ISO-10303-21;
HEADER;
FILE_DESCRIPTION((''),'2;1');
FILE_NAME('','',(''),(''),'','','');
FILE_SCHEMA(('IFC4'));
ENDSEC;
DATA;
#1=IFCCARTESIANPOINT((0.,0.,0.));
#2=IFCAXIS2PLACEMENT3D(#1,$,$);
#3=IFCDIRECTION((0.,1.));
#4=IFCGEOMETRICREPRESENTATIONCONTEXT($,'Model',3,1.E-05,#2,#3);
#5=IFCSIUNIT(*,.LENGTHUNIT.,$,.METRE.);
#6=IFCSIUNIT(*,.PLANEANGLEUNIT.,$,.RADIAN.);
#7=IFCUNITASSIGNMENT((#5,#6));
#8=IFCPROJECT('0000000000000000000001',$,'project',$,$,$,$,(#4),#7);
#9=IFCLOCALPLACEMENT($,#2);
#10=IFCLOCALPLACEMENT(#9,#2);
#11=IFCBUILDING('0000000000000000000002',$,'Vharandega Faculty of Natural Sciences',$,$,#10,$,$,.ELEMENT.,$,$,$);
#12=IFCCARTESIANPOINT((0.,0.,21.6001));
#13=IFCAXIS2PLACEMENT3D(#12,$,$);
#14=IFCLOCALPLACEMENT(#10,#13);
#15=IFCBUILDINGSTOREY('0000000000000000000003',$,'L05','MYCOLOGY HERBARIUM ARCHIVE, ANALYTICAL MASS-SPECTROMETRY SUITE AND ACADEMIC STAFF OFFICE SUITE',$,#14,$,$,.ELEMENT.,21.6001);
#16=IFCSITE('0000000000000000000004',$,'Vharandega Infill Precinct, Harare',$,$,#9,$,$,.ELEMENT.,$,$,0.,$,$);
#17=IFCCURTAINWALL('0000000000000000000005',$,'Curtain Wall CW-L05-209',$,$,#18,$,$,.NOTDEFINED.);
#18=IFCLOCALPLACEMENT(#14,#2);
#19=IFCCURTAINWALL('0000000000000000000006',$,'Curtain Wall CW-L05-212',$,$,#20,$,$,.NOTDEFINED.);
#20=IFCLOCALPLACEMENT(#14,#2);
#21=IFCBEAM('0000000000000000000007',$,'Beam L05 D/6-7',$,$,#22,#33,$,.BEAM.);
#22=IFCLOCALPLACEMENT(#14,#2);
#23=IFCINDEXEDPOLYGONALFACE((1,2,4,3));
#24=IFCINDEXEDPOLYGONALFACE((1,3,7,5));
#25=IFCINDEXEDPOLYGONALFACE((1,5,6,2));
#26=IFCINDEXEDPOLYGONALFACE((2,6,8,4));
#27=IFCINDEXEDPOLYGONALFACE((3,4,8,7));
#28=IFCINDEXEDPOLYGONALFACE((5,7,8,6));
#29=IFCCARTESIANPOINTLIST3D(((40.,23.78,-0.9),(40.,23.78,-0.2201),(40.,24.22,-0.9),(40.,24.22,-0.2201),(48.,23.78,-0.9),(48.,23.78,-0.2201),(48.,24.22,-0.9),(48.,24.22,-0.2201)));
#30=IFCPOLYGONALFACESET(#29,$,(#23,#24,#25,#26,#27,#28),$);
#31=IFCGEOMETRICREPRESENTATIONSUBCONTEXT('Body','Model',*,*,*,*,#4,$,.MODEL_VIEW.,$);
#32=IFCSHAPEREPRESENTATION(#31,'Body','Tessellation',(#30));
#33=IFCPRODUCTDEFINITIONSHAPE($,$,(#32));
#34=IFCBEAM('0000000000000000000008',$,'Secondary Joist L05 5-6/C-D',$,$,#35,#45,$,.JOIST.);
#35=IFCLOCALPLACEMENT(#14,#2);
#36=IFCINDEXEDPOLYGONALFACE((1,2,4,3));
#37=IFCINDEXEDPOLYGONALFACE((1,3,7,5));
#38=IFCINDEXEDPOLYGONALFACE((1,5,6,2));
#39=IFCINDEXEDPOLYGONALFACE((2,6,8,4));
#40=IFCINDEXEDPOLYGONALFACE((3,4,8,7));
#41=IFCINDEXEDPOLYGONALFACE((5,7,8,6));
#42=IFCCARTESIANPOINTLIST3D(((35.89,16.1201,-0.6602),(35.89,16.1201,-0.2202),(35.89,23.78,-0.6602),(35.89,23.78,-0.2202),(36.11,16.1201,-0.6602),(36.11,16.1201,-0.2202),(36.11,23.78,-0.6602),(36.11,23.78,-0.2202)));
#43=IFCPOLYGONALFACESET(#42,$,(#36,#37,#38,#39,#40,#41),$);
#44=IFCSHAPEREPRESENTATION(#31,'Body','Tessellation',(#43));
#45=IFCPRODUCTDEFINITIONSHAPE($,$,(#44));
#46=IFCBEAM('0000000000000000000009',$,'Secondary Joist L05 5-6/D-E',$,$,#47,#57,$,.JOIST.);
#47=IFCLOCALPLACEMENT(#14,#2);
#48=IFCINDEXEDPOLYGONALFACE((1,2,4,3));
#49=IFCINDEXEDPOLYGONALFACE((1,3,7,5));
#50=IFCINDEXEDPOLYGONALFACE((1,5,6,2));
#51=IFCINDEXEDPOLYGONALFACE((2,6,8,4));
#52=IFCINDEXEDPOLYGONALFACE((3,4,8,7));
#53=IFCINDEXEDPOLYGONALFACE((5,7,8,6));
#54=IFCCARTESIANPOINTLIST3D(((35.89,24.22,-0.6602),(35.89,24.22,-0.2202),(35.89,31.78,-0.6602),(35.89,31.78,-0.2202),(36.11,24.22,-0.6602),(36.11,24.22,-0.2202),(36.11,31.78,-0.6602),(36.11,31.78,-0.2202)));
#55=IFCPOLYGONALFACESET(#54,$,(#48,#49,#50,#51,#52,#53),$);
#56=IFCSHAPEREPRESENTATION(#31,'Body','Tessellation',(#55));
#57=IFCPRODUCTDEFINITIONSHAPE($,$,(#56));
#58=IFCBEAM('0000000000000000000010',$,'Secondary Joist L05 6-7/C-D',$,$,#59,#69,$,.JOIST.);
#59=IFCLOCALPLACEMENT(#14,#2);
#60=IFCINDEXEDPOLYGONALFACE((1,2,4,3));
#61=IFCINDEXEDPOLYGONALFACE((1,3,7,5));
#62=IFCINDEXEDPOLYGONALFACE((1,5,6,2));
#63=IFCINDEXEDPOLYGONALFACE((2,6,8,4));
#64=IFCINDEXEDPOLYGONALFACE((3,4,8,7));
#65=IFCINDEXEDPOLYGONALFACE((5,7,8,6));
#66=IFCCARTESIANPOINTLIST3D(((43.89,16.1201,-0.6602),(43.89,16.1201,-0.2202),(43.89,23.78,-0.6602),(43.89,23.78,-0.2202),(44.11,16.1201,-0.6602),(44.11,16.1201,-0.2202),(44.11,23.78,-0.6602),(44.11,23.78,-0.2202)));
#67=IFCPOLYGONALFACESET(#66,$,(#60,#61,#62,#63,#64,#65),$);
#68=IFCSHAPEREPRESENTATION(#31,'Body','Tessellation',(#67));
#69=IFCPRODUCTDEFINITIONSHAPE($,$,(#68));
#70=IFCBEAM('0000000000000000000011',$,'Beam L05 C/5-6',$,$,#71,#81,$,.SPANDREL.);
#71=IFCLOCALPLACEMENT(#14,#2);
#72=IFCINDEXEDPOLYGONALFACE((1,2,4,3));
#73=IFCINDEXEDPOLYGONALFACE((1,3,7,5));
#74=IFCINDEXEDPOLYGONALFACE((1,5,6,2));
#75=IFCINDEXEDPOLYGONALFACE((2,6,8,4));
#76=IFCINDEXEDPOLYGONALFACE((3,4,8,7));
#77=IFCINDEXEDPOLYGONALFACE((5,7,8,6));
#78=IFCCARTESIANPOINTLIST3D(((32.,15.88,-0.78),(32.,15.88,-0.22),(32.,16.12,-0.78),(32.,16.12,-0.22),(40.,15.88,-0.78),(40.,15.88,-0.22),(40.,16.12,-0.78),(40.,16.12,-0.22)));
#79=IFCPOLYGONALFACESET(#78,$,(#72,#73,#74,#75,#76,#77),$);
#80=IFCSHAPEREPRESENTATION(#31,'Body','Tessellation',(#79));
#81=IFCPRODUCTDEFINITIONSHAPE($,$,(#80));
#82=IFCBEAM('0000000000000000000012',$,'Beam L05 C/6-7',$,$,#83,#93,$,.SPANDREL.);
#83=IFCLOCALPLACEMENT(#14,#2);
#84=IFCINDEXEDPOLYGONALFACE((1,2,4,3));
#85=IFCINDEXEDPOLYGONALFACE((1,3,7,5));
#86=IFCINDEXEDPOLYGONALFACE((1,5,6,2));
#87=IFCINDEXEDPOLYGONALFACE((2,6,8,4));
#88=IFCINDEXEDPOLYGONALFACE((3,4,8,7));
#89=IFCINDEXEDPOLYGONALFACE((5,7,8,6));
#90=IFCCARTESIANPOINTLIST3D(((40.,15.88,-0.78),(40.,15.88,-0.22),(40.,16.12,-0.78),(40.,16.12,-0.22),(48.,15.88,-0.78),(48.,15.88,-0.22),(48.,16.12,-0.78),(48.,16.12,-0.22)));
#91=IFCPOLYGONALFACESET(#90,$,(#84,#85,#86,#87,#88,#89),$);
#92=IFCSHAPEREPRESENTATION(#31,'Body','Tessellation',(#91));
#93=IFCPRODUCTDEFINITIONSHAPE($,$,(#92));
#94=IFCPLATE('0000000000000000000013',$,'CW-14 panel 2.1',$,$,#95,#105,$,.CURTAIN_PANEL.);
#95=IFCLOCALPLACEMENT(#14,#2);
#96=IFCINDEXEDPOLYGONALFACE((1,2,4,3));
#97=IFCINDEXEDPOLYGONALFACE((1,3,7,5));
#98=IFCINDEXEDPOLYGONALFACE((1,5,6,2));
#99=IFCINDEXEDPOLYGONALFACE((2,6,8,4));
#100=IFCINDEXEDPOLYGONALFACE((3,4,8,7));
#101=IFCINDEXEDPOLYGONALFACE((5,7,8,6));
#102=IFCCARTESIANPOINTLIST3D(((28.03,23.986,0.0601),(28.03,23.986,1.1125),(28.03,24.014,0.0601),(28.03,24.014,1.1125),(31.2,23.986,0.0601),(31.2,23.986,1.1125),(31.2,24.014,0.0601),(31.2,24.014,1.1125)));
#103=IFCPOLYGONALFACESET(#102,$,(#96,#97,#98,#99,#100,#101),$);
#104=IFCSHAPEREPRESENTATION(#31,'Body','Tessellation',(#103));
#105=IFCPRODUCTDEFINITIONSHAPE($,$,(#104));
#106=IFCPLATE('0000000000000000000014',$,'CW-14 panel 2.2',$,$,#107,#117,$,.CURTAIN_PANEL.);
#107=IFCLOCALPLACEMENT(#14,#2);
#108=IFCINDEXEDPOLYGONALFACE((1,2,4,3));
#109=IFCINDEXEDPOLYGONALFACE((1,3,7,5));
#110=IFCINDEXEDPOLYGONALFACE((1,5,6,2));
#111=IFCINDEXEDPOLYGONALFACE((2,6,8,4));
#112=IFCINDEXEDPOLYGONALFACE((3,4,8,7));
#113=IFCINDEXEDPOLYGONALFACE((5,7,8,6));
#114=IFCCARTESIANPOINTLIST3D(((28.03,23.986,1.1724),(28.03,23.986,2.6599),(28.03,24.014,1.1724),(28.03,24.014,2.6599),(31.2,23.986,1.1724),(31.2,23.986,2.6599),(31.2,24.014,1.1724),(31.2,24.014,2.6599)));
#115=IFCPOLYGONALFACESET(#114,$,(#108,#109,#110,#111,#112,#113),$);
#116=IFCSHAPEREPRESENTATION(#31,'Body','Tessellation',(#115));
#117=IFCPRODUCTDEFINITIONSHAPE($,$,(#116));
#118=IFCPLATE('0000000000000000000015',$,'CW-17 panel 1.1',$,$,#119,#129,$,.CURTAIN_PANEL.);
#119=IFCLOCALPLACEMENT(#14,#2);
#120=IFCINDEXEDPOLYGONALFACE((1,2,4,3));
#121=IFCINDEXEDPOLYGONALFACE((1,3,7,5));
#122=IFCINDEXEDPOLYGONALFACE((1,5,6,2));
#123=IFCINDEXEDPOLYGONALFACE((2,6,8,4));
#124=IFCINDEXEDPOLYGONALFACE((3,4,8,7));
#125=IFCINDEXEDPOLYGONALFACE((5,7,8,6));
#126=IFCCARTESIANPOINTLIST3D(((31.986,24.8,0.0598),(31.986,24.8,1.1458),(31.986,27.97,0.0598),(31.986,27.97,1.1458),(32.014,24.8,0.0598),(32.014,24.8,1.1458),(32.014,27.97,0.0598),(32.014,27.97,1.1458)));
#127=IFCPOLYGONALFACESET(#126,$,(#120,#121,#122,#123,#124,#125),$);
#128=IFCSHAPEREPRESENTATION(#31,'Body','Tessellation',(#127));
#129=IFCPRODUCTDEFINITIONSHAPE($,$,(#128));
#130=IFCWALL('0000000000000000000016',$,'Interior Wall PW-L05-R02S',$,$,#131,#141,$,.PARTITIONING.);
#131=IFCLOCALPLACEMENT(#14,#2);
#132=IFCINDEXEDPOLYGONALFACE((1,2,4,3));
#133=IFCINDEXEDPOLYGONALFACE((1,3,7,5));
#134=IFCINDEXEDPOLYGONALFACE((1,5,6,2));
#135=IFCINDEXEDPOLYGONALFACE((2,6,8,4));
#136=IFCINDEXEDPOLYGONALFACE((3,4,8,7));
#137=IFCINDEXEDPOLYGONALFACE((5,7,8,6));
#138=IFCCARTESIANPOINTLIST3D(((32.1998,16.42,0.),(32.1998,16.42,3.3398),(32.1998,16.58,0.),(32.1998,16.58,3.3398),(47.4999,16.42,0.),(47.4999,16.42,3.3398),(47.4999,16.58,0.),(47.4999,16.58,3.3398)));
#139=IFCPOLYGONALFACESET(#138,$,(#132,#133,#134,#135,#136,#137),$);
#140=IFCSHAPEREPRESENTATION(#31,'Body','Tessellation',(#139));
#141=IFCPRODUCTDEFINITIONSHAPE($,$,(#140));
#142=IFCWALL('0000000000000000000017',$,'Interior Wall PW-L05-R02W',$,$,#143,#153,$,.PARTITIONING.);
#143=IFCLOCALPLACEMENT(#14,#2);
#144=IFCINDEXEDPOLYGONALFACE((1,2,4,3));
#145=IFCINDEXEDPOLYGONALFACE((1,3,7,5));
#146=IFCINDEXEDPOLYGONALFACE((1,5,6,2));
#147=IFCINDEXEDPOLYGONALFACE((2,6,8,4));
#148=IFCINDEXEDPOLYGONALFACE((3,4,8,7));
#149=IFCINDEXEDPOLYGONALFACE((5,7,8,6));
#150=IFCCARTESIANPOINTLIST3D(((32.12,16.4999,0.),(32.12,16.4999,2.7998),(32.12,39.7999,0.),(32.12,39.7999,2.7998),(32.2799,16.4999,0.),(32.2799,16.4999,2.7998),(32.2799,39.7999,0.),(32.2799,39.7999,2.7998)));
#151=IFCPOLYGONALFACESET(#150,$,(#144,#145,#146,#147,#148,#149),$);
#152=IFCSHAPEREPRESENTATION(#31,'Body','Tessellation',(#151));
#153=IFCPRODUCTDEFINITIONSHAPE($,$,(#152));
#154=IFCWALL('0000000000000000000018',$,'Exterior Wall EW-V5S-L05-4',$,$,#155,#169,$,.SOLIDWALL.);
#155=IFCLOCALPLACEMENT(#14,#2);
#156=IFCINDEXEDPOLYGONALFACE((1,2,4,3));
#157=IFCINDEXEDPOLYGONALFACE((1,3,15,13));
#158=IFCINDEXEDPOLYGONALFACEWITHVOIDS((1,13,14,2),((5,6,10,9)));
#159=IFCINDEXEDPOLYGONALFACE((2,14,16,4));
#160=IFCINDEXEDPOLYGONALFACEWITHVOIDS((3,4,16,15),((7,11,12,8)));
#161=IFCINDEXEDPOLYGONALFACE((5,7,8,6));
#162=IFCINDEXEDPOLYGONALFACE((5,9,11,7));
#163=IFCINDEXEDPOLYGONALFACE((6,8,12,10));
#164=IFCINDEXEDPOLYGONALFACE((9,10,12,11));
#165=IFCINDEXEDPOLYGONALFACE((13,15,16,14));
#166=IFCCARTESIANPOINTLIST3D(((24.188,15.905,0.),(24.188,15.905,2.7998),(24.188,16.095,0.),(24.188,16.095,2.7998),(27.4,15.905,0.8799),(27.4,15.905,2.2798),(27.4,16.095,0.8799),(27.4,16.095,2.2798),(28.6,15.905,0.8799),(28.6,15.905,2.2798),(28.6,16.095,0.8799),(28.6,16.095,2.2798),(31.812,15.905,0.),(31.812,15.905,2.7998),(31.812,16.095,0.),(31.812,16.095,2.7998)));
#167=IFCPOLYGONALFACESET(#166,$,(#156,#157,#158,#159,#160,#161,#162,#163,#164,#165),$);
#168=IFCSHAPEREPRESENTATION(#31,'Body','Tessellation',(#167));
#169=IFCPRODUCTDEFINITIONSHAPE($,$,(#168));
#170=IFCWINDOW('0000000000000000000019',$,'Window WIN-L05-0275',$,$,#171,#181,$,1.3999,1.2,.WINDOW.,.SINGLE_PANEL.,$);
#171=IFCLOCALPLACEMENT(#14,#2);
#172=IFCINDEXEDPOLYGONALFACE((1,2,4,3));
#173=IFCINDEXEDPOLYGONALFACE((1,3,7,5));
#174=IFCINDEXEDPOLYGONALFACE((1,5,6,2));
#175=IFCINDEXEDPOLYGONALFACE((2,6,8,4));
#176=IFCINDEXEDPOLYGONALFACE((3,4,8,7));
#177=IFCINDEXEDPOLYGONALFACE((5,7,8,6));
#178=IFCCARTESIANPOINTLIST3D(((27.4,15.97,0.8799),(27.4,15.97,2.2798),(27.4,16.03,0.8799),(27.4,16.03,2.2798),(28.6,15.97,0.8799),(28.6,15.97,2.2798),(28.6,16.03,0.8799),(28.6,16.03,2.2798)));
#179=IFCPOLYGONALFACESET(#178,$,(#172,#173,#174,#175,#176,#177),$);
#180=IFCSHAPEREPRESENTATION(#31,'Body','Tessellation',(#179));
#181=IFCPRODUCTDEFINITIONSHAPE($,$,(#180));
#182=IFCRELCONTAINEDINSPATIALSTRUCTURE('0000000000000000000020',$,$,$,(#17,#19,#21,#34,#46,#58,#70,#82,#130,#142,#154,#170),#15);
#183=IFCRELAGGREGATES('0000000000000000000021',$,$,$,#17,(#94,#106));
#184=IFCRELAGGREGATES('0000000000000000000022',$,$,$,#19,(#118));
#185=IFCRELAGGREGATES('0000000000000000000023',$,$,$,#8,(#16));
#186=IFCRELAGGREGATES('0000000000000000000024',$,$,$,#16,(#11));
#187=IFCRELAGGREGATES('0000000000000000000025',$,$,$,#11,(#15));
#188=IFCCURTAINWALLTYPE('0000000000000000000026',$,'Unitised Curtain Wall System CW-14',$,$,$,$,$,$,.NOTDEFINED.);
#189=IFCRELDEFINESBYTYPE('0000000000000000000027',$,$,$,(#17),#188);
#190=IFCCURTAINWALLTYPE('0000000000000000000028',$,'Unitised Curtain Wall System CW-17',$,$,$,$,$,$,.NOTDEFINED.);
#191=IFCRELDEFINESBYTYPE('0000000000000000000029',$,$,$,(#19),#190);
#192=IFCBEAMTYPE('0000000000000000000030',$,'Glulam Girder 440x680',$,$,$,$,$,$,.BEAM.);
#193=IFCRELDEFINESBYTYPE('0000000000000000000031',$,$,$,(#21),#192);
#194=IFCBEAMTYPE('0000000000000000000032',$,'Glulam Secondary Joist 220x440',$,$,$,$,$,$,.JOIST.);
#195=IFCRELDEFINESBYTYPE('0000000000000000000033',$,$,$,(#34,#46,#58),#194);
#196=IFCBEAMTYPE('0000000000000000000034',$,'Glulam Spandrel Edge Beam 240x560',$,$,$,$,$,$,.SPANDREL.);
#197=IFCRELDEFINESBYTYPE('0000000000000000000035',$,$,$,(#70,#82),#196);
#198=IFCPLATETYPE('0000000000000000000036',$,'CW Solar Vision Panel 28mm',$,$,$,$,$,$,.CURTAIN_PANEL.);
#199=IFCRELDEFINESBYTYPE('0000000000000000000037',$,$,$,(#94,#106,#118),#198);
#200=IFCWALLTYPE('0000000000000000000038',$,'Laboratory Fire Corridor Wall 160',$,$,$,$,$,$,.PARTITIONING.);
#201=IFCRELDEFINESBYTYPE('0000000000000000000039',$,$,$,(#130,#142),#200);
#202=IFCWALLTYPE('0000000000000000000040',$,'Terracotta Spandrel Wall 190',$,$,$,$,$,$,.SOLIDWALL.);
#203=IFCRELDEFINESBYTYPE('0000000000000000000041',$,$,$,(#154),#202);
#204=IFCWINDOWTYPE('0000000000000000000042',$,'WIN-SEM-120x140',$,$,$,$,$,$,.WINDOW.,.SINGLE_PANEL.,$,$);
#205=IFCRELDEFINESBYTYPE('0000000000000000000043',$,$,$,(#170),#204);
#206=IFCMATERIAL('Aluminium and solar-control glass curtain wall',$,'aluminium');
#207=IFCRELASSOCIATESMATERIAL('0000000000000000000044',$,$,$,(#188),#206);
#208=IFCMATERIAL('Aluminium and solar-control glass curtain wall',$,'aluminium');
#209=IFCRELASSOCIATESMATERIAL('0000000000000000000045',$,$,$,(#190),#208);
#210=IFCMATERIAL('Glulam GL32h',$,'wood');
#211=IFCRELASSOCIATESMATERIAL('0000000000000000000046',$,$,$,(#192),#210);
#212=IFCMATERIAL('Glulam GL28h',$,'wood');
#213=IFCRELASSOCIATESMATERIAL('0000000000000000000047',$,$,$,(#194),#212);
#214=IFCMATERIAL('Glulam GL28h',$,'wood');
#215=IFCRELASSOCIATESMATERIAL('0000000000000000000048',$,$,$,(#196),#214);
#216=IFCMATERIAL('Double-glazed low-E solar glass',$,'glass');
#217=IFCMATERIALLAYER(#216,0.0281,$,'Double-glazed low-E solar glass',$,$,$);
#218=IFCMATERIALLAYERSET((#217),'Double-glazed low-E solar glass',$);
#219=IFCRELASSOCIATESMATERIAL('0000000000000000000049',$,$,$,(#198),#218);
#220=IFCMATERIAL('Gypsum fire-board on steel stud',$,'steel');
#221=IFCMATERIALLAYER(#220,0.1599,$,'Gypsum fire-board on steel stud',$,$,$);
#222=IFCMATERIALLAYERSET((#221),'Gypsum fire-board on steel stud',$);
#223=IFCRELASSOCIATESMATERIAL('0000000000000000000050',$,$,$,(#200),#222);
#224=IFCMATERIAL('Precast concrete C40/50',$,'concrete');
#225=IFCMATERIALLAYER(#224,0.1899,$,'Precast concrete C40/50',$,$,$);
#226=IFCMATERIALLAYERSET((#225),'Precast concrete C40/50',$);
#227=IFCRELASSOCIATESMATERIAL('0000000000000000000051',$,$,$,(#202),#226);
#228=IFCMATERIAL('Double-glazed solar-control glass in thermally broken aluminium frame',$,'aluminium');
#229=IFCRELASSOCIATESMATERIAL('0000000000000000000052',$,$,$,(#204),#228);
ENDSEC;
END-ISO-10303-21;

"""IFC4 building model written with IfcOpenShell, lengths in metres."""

from ifc_helpers import new_model, si_unit, direction, frame, frame_2d, origin, origin_2d, place, context, subcontext, project, spatial, rectangle, extrude, material, layer, layer_set, material_profile, profile_set, type_object, element, fill, aggregate, save


model = new_model("IFC4")

# Units and contexts
model_context = context("Model", 3, precision=1e-05, world=origin(), true_north=direction((0.0, 1.0)))
body_context = subcontext(model_context, "Body", "Model", "MODEL_VIEW")
ifc_project = project(units=[si_unit("LENGTHUNIT", "METRE"), si_unit("PLANEANGLEUNIT", "RADIAN")], contexts=[model_context])

# Site, building, storey
site_placement = place(None, origin())
site = spatial("IfcSite", under=ifc_project, at=site_placement, Name="Vharandega Infill Precinct, Harare", CompositionType="ELEMENT", RefElevation=0.0)
building_placement = place(site_placement, origin())
building = spatial("IfcBuilding", under=site, at=building_placement, Name="Vharandega Faculty of Natural Sciences", CompositionType="ELEMENT")
storey_placement = place(building_placement, frame((0.0, 0.0, 21.6001)))
storey = spatial("IfcBuildingStorey", under=building, at=storey_placement, Name="L05", Description="MYCOLOGY HERBARIUM ARCHIVE, ANALYTICAL MASS-SPECTROMETRY SUITE AND ACADEMIC STAFF OFFICE SUITE", CompositionType="ELEMENT", Elevation=21.6001)

# Curtain walls
ifc_material_1 = material(Name="Aluminium and solar-control glass curtain wall", Category="aluminium")
curtain_wall_type_1 = type_object("IfcCurtainWallType", Name="Unitised Curtain Wall System CW-14", PredefinedType="NOTDEFINED", material=ifc_material_1)
curtain_wall_1_placement = place(storey_placement, origin())
curtain_wall_1 = element("IfcCurtainWall", 1, at=curtain_wall_1_placement, inside=storey, type_object=curtain_wall_type_1, Name="Curtain Wall CW-L05-209", PredefinedType="NOTDEFINED")
ifc_material_2 = material(Name="Aluminium and solar-control glass curtain wall", Category="aluminium")
curtain_wall_type_2 = type_object("IfcCurtainWallType", Name="Unitised Curtain Wall System CW-17", PredefinedType="NOTDEFINED", material=ifc_material_2)
curtain_wall_2_placement = place(storey_placement, origin())
curtain_wall_2 = element("IfcCurtainWall", 2, at=curtain_wall_2_placement, inside=storey, type_object=curtain_wall_type_2, Name="Curtain Wall CW-L05-212", PredefinedType="NOTDEFINED")

# Beams
ifc_material_3 = material(Name="Glulam GL32h", Category="wood")
ifc_material_profile_1 = material_profile(ifc_material_3, rectangle(XDim=0.4399, YDim=0.6799, at=origin_2d()), Name="GL32h 440x680")
ifc_profile_set_1 = profile_set([ifc_material_profile_1], Name="Glulam GL32h")
beam_type_1 = type_object("IfcBeamType", Name="Glulam Girder 440x680", PredefinedType="BEAM", material=ifc_profile_set_1)
for number, where, z_axis, x_axis, name in (
    (3, (40.0, 24.0, -0.5601), (1.0, 0.0, 0.0), (0.0, 1.0, 0.0), "Beam L05 D/6-7"),
):
    element("IfcBeam", number, at=place(storey_placement, frame(where, z_axis=z_axis, x_axis=x_axis)), inside=storey, type_object=beam_type_1, Name=name, PredefinedType="BEAM", context=body_context, shape_type="SweptSolid", body=[
        extrude(rectangle(XDim=0.4399, YDim=0.6799, at=origin_2d()), origin(), (0.0, 0.0, 1.0), 8.0),
    ])
ifc_material_4 = material(Name="Glulam GL28h", Category="wood")
ifc_material_profile_2 = material_profile(ifc_material_4, rectangle(XDim=0.22, YDim=0.4399, at=origin_2d()), Name="GL28h 220x440")
ifc_profile_set_2 = profile_set([ifc_material_profile_2], Name="Glulam GL28h")
beam_type_2 = type_object("IfcBeamType", Name="Glulam Secondary Joist 220x440", PredefinedType="JOIST", material=ifc_profile_set_2)
beam_1_placement = place(storey_placement, frame((36.0, 16.1201, -0.4402), z_axis=(0.0, 1.0, 0.0), x_axis=(-1.0, 0.0, 0.0)))
element("IfcBeam", 4, at=beam_1_placement, inside=storey, type_object=beam_type_2, Name="Secondary Joist L05 5-6/C-D", PredefinedType="JOIST", context=body_context, shape_type="SweptSolid", body=[
    extrude(rectangle(XDim=0.22, YDim=0.4399, at=origin_2d()), origin(), (0.0, 0.0, 1.0), 7.6599),
])
beam_2_placement = place(storey_placement, frame((36.0, 24.22, -0.4402), z_axis=(0.0, 1.0, 0.0), x_axis=(-1.0, 0.0, 0.0)))
element("IfcBeam", 5, at=beam_2_placement, inside=storey, type_object=beam_type_2, Name="Secondary Joist L05 5-6/D-E", PredefinedType="JOIST", context=body_context, shape_type="SweptSolid", body=[
    extrude(rectangle(XDim=0.22, YDim=0.4399, at=origin_2d()), origin(), (0.0, 0.0, 1.0), 7.5601),
])
beam_3_placement = place(storey_placement, frame((44.0, 16.1201, -0.4402), z_axis=(0.0, 1.0, 0.0), x_axis=(-1.0, 0.0, 0.0)))
element("IfcBeam", 6, at=beam_3_placement, inside=storey, type_object=beam_type_2, Name="Secondary Joist L05 6-7/C-D", PredefinedType="JOIST", context=body_context, shape_type="SweptSolid", body=[
    extrude(rectangle(XDim=0.22, YDim=0.4399, at=origin_2d()), origin(), (0.0, 0.0, 1.0), 7.6599),
])
ifc_material_5 = material(Name="Glulam GL28h", Category="wood")
ifc_material_profile_3 = material_profile(ifc_material_5, rectangle(XDim=0.24, YDim=0.5601, at=origin_2d()), Name="GL28h 240x560")
ifc_profile_set_3 = profile_set([ifc_material_profile_3], Name="Glulam GL28h")
beam_type_3 = type_object("IfcBeamType", Name="Glulam Spandrel Edge Beam 240x560", PredefinedType="SPANDREL", material=ifc_profile_set_3)
for number, where, z_axis, x_axis, name in (
    (7, (32.0, 16.0, -0.5), (1.0, 0.0, 0.0), (0.0, 1.0, 0.0), "Beam L05 C/5-6"),
    (8, (40.0, 16.0, -0.5), (1.0, 0.0, 0.0), (0.0, 1.0, 0.0), "Beam L05 C/6-7"),
):
    element("IfcBeam", number, at=place(storey_placement, frame(where, z_axis=z_axis, x_axis=x_axis)), inside=storey, type_object=beam_type_3, Name=name, PredefinedType="SPANDREL", context=body_context, shape_type="SweptSolid", body=[
        extrude(rectangle(XDim=0.24, YDim=0.5601, at=origin_2d()), origin(), (0.0, 0.0, 1.0), 8.0),
    ])

# Plates
ifc_material_6 = material(Name="Double-glazed low-E solar glass", Category="glass")
ifc_layer_1 = layer(ifc_material_6, 0.0281, Name="Double-glazed low-E solar glass")
ifc_layer_set_1 = layer_set([ifc_layer_1], Name="Double-glazed low-E solar glass")
plate_type = type_object("IfcPlateType", Name="CW Solar Vision Panel 28mm", PredefinedType="CURTAIN_PANEL", material=ifc_layer_set_1)
plate_1_placement = place(storey_placement, frame((29.615, 24.0, 0.0601), z_axis=(0.0, 0.0, 1.0), x_axis=(1.0, 0.0, 0.0)))
plate_1 = element("IfcPlate", 9, at=plate_1_placement, type_object=plate_type, Name="CW-14 panel 2.1", PredefinedType="CURTAIN_PANEL", context=body_context, shape_type="SweptSolid", body=[
    extrude(rectangle(XDim=3.1699, YDim=0.0281, at=origin_2d()), origin(), (0.0, 0.0, 1.0), 1.0525),
])
plate_2_placement = place(storey_placement, frame((29.615, 24.0, 1.1724), z_axis=(0.0, 0.0, 1.0), x_axis=(1.0, 0.0, 0.0)))
plate_2 = element("IfcPlate", 10, at=plate_2_placement, type_object=plate_type, Name="CW-14 panel 2.2", PredefinedType="CURTAIN_PANEL", context=body_context, shape_type="SweptSolid", body=[
    extrude(rectangle(XDim=3.1699, YDim=0.0281, at=origin_2d()), origin(), (0.0, 0.0, 1.0), 1.4875),
])
aggregate(curtain_wall_1, [plate_1, plate_2])
plate_3_placement = place(storey_placement, frame((32.0, 26.385, 0.0598), z_axis=(0.0, 0.0, 1.0), x_axis=(0.0, 1.0, 0.0)))
plate_3 = element("IfcPlate", 11, at=plate_3_placement, type_object=plate_type, Name="CW-17 panel 1.1", PredefinedType="CURTAIN_PANEL", context=body_context, shape_type="SweptSolid", body=[
    extrude(rectangle(XDim=3.1699, YDim=0.0281, at=origin_2d()), origin(), (0.0, 0.0, 1.0), 1.0859),
])
aggregate(curtain_wall_2, [plate_3])

# Walls
ifc_material_7 = material(Name="Gypsum fire-board on steel stud", Category="steel")
ifc_layer_2 = layer(ifc_material_7, 0.1599, Name="Gypsum fire-board on steel stud")
ifc_layer_set_2 = layer_set([ifc_layer_2], Name="Gypsum fire-board on steel stud")
wall_type_1 = type_object("IfcWallType", Name="Laboratory Fire Corridor Wall 160", PredefinedType="PARTITIONING", material=ifc_layer_set_2)
wall_1_placement = place(storey_placement, frame((32.2, 16.5, 0.0), z_axis=(0.0, 0.0, 1.0), x_axis=(1.0, 0.0, 0.0)))
element("IfcWall", 12, at=wall_1_placement, inside=storey, type_object=wall_type_1, Name="Interior Wall PW-L05-R02S", PredefinedType="PARTITIONING", context=body_context, shape_type="SweptSolid", body=[
    extrude(rectangle(XDim=15.3, YDim=0.1599, at=frame_2d((7.6499, 0.0))), origin(), (0.0, 0.0, 1.0), 3.3398),
])
wall_2_placement = place(storey_placement, frame((32.2, 16.5, 0.0), z_axis=(0.0, 0.0, 1.0), x_axis=(0.0, 1.0, 0.0)))
element("IfcWall", 13, at=wall_2_placement, inside=storey, type_object=wall_type_1, Name="Interior Wall PW-L05-R02W", PredefinedType="PARTITIONING", context=body_context, shape_type="SweptSolid", body=[
    extrude(rectangle(XDim=23.3, YDim=0.1599, at=frame_2d((11.6499, 0.0))), origin(), (0.0, 0.0, 1.0), 2.7998),
])

# Wall, opening, window
ifc_material_8 = material(Name="Precast concrete C40/50", Category="concrete")
ifc_layer_3 = layer(ifc_material_8, 0.1899, Name="Precast concrete C40/50")
ifc_layer_set_3 = layer_set([ifc_layer_3], Name="Precast concrete C40/50")
wall_type_2 = type_object("IfcWallType", Name="Terracotta Spandrel Wall 190", PredefinedType="SOLIDWALL", material=ifc_layer_set_3)
wall_3_placement = place(storey_placement, frame((31.812, 16.0, 0.0), z_axis=(0.0, 0.0, 1.0), x_axis=(-1.0, 0.0, 0.0)))
wall_3 = element("IfcWall", 14, at=wall_3_placement, inside=storey, type_object=wall_type_2, Name="Exterior Wall EW-V5S-L05-4", PredefinedType="SOLIDWALL", context=body_context, shape_type="SweptSolid", body=[
    extrude(rectangle(XDim=7.624, YDim=0.1899, at=frame_2d((3.812, 0.0))), origin(), (0.0, 0.0, 1.0), 2.7998),
])
opening_1_placement = place(wall_3_placement, frame((3.2119, 0.0, 0.8799)))
opening_1 = element("IfcOpeningElement", 15, at=opening_1_placement, cuts=wall_3, PredefinedType="OPENING", context=body_context, shape_type="SweptSolid", body=[
    extrude(rectangle(XDim=1.2, YDim=1.3999, at=frame_2d((0.6001, 0.7))), frame((0.0, 0.105, 0.0), z_axis=(0.0, -1.0, 0.0), x_axis=(1.0, 0.0, 0.0)), (0.0, 0.0, 1.0), 0.21),
])
ifc_material_9 = material(Name="Double-glazed solar-control glass in thermally broken aluminium frame", Category="aluminium")
window_type_1 = type_object("IfcWindowType", Name="WIN-SEM-120x140", PartitioningType="SINGLE_PANEL", PredefinedType="WINDOW", material=ifc_material_9)
window_1_placement = place(opening_1_placement, origin())
window_1 = element("IfcWindow", 16, at=window_1_placement, inside=storey, type_object=window_type_1, Name="Window WIN-L05-0275", OverallHeight=1.3999, OverallWidth=1.2, PartitioningType="SINGLE_PANEL", PredefinedType="WINDOW", context=body_context, shape_type="SweptSolid", body=[
    extrude(rectangle(XDim=1.2, YDim=1.3999, at=frame_2d((0.6001, 0.7))), frame((0.0, 0.03, 0.0), z_axis=(0.0, -1.0, 0.0), x_axis=(1.0, 0.0, 0.0)), (0.0, 0.0, 1.0), 0.0601),
])
fill(opening_1, window_1)

save(model, "model.ifc")
